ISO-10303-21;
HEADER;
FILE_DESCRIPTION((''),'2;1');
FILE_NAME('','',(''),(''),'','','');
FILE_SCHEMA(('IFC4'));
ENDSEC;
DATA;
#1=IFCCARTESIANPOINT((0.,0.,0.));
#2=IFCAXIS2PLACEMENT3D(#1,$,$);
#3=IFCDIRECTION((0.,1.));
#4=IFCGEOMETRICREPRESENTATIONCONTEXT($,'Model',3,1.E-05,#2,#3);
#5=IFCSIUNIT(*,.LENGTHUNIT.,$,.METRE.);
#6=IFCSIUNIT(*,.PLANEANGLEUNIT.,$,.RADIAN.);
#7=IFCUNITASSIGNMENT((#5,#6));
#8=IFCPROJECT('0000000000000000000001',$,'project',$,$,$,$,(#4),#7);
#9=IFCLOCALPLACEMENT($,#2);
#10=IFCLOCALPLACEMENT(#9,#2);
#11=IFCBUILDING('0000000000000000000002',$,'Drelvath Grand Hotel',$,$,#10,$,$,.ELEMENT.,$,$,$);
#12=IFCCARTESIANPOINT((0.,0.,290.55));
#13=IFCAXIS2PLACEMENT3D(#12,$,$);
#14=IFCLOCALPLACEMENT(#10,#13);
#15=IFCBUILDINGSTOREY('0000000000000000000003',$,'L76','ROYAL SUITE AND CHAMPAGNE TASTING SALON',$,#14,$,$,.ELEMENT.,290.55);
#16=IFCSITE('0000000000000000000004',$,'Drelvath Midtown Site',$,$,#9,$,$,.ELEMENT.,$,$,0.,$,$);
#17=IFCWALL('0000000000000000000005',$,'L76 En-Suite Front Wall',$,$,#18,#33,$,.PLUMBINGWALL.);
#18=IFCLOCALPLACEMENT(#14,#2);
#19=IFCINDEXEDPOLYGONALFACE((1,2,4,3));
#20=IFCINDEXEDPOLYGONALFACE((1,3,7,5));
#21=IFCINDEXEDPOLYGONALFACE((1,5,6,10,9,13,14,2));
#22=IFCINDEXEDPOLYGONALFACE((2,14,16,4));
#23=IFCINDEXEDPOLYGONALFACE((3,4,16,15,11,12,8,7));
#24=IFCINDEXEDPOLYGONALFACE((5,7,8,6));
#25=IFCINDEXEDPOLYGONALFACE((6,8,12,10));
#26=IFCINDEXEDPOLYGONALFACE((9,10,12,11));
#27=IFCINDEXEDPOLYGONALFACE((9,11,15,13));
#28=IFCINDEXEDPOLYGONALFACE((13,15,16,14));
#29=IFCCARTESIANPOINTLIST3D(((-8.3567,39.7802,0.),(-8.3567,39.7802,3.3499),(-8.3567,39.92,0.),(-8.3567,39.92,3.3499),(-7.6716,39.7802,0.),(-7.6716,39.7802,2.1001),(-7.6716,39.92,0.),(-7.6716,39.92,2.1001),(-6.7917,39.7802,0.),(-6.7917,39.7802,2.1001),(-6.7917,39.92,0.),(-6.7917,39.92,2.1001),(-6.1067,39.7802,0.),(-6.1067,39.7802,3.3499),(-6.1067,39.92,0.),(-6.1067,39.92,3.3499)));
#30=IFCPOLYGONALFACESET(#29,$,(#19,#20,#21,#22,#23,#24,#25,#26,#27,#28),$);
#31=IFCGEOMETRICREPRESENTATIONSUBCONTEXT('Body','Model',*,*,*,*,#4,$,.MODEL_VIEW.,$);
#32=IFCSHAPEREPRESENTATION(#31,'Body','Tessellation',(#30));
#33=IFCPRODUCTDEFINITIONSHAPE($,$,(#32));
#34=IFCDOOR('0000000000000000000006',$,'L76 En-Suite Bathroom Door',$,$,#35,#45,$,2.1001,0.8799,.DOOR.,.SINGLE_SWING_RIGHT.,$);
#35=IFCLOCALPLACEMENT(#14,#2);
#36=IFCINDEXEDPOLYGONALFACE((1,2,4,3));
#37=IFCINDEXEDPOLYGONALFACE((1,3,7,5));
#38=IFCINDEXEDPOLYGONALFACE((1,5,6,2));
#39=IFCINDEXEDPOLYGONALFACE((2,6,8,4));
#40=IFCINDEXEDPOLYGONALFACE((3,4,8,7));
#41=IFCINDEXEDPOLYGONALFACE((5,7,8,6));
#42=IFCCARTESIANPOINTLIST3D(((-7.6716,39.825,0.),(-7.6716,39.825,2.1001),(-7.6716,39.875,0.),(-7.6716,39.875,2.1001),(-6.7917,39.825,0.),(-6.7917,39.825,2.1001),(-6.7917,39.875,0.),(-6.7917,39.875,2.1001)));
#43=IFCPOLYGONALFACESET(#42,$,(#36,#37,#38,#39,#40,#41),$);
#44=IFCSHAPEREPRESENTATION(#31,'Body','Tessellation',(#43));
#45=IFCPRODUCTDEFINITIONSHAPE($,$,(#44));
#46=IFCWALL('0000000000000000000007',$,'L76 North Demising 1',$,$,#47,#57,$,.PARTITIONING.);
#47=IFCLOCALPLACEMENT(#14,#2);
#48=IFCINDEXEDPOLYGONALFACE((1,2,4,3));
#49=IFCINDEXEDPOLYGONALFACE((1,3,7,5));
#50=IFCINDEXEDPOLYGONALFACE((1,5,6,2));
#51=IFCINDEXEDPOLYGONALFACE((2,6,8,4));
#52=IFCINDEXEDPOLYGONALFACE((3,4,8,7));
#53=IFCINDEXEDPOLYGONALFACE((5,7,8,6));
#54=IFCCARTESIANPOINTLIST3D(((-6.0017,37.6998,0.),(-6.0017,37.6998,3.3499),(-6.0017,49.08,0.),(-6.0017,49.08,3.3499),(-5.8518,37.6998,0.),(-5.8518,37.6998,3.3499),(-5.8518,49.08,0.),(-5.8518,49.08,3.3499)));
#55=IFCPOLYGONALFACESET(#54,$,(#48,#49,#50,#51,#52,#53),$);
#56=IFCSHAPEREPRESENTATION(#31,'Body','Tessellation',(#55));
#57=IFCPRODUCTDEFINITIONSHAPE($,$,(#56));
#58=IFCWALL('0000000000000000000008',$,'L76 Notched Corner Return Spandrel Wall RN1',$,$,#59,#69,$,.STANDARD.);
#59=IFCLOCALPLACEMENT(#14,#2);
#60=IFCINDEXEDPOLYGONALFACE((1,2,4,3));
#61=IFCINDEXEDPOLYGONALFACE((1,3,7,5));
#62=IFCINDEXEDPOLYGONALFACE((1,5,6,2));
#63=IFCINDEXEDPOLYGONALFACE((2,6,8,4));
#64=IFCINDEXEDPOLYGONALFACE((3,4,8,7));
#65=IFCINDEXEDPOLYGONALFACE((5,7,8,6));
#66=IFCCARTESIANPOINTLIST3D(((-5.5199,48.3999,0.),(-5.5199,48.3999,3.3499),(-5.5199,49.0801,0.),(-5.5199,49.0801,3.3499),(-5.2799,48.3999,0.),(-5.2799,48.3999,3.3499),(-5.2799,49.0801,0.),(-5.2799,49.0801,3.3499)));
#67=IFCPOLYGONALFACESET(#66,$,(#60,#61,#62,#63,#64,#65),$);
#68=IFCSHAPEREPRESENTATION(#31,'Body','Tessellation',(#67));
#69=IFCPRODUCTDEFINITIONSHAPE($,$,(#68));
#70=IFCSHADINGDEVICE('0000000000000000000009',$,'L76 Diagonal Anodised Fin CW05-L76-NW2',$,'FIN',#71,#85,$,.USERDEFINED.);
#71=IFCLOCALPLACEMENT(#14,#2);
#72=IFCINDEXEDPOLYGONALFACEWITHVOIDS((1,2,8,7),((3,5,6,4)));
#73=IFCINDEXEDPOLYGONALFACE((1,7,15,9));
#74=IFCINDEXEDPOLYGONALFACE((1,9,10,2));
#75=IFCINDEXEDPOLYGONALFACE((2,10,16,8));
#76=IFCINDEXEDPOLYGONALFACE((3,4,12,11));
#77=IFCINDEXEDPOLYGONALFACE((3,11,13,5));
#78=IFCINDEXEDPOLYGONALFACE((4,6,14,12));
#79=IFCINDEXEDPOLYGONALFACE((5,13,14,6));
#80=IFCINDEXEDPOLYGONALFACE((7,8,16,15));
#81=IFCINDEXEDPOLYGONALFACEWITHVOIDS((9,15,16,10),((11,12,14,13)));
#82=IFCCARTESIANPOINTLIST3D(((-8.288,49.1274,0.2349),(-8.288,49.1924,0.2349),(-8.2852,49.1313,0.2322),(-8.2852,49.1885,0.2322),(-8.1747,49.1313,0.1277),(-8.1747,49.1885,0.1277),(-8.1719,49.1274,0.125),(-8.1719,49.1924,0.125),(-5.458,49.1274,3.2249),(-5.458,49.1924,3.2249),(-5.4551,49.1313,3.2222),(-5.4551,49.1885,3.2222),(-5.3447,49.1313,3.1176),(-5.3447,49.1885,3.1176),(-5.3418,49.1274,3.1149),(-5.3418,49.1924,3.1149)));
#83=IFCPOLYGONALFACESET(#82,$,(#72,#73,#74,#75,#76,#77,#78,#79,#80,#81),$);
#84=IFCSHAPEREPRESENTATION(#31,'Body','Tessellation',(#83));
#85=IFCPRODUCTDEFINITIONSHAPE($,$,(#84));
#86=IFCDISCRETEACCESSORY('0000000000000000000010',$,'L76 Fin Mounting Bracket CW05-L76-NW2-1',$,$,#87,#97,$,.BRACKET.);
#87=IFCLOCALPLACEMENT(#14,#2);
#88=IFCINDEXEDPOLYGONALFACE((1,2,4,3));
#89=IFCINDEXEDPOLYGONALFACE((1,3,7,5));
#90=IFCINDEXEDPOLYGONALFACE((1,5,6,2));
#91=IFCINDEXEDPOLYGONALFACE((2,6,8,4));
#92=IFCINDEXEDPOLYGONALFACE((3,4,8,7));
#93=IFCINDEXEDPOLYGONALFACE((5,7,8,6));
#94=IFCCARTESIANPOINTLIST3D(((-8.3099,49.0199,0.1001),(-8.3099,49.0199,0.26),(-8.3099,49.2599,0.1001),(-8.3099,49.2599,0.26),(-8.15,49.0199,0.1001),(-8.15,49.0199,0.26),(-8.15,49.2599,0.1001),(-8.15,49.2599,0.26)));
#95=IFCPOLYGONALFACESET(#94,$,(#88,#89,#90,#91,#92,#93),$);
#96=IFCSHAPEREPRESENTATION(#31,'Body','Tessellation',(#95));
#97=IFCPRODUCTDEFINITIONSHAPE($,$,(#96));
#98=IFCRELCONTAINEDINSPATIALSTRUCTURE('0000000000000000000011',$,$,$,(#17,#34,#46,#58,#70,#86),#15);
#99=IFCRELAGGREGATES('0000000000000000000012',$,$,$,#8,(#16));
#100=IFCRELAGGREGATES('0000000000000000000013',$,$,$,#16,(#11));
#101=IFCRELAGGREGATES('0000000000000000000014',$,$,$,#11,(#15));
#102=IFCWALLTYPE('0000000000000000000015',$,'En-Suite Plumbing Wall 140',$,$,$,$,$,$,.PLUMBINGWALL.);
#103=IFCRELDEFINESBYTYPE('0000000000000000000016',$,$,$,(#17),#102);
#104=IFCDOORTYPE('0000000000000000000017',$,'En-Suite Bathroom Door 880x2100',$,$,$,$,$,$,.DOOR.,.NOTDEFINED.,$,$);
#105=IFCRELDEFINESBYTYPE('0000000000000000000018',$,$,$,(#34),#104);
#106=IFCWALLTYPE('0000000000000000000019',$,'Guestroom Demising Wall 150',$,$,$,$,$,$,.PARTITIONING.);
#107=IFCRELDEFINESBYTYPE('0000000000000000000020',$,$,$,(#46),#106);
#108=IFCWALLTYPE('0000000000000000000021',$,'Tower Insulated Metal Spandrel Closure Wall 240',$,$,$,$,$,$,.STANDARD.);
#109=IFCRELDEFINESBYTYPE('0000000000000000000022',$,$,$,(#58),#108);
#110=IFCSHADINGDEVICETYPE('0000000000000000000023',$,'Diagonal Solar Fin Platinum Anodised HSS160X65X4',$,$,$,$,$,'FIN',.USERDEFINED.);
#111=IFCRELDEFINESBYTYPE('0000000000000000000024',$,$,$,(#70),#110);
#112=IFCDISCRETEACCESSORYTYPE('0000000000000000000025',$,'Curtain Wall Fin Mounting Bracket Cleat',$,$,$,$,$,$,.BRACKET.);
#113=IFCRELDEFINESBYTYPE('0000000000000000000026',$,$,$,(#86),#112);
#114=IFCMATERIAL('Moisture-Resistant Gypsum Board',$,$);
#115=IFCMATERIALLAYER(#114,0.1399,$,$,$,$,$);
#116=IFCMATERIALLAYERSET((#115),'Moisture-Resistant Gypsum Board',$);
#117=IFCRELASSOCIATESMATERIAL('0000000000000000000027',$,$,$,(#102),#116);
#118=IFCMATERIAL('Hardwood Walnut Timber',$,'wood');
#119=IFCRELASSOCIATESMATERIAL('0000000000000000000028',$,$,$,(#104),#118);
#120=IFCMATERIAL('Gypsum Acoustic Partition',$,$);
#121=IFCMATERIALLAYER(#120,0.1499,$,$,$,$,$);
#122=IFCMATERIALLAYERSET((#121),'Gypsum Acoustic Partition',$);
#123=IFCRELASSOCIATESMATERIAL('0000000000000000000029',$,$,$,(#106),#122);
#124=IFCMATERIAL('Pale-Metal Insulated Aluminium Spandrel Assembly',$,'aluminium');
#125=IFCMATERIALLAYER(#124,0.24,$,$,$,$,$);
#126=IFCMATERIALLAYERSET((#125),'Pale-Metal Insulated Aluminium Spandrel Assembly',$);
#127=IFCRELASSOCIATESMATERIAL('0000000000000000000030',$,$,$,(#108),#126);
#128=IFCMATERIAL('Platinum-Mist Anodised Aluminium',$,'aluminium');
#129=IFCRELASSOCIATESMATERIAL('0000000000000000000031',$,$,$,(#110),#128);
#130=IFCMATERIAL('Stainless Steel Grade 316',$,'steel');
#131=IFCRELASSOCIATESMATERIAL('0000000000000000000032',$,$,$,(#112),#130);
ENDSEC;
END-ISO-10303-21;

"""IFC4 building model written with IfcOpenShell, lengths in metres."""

from ifc_helpers import new_model, si_unit, direction, frame, frame_2d, origin, origin_2d, place, context, subcontext, project, spatial, rectangle, hollow_rectangle, extrude, material, layer, layer_set, material_profile, profile_set, type_object, element, fill, save


model = new_model("IFC4")

# Units and contexts
model_context = context("Model", 3, precision=1e-05, world=origin(), true_north=direction((0.0, 1.0)))
body_context = subcontext(model_context, "Body", "Model", "MODEL_VIEW")
ifc_project = project(units=[si_unit("LENGTHUNIT", "METRE"), si_unit("PLANEANGLEUNIT", "RADIAN")], contexts=[model_context])

# Site, building, storey
site_placement = place(None, origin())
site = spatial("IfcSite", under=ifc_project, at=site_placement, Name="Drelvath Midtown Site", CompositionType="ELEMENT", RefElevation=0.0)
building_placement = place(site_placement, origin())
building = spatial("IfcBuilding", under=site, at=building_placement, Name="Drelvath Grand Hotel", CompositionType="ELEMENT")
storey_placement = place(building_placement, frame((0.0, 0.0, 290.55)))
storey = spatial("IfcBuildingStorey", under=building, at=storey_placement, Name="L76", Description="ROYAL SUITE AND CHAMPAGNE TASTING SALON", CompositionType="ELEMENT", Elevation=290.55)

# Shared definitions
ifc_material_1 = material(Name="Moisture-Resistant Gypsum Board")
ifc_layer_1 = layer(ifc_material_1, 0.1399)
ifc_layer_set_1 = layer_set([ifc_layer_1], Name="Moisture-Resistant Gypsum Board")
wall_type_1 = type_object("IfcWallType", Name="En-Suite Plumbing Wall 140", PredefinedType="PLUMBINGWALL", material=ifc_layer_set_1)

# Wall, opening, door
wall_1_placement = place(storey_placement, frame((-8.3567, 39.8501, 0.0), z_axis=(0.0, 0.0, 1.0), x_axis=(1.0, 0.0, 0.0)))
wall_1 = element("IfcWall", 1, at=wall_1_placement, inside=storey, type_object=wall_type_1, Name="L76 En-Suite Front Wall", PredefinedType="PLUMBINGWALL", context=body_context, shape_type="SweptSolid", body=[
    extrude(rectangle(XDim=2.25, YDim=0.1399, at=frame_2d((1.125, 0.0))), origin(), (0.0, 0.0, 1.0), 3.3499),
])
opening_placement = place(wall_1_placement, frame((0.6851, 0.0, 0.0)))
opening = element("IfcOpeningElement", 2, at=opening_placement, cuts=wall_1, PredefinedType="OPENING", context=body_context, shape_type="SweptSolid", body=[
    extrude(rectangle(XDim=0.8799, YDim=2.1001, at=frame_2d((0.4399, 1.05))), frame((0.0, 0.0798, 0.0), z_axis=(0.0, -1.0, 0.0), x_axis=(1.0, 0.0, 0.0)), (0.0, 0.0, 1.0), 0.1599),
])
ifc_material_2 = material(Name="Hardwood Walnut Timber", Category="wood")
door_type = type_object("IfcDoorType", Name="En-Suite Bathroom Door 880x2100", OperationType="NOTDEFINED", PredefinedType="DOOR", material=ifc_material_2)
door_placement = place(opening_placement, origin())
door = element("IfcDoor", 3, at=door_placement, inside=storey, type_object=door_type, Name="L76 En-Suite Bathroom Door", OperationType="SINGLE_SWING_RIGHT", OverallHeight=2.1001, OverallWidth=0.8799, PredefinedType="DOOR", context=body_context, shape_type="SweptSolid", body=[
    extrude(rectangle(XDim=0.8799, YDim=2.1001, at=frame_2d((0.4399, 1.05))), frame((0.0, 0.0249, 0.0), z_axis=(0.0, -1.0, 0.0), x_axis=(1.0, 0.0, 0.0)), (0.0, 0.0, 1.0), 0.05),
])
fill(opening, door)

# Walls
ifc_material_3 = material(Name="Gypsum Acoustic Partition")
ifc_layer_2 = layer(ifc_material_3, 0.1499)
ifc_layer_set_2 = layer_set([ifc_layer_2], Name="Gypsum Acoustic Partition")
wall_type_2 = type_object("IfcWallType", Name="Guestroom Demising Wall 150", PredefinedType="PARTITIONING", material=ifc_layer_set_2)
wall_2_placement = place(storey_placement, frame((-5.9268, 37.7, 0.0), z_axis=(0.0, 0.0, 1.0), x_axis=(0.0, 1.0, 0.0)))
element("IfcWall", 4, at=wall_2_placement, inside=storey, type_object=wall_type_2, Name="L76 North Demising 1", PredefinedType="PARTITIONING", context=body_context, shape_type="SweptSolid", body=[
    extrude(rectangle(XDim=11.3801, YDim=0.1499, at=frame_2d((5.6899, 0.0))), origin(), (0.0, 0.0, 1.0), 3.3499),
])
ifc_material_4 = material(Name="Pale-Metal Insulated Aluminium Spandrel Assembly", Category="aluminium")
ifc_layer_3 = layer(ifc_material_4, 0.24)
ifc_layer_set_3 = layer_set([ifc_layer_3], Name="Pale-Metal Insulated Aluminium Spandrel Assembly")
wall_type_3 = type_object("IfcWallType", Name="Tower Insulated Metal Spandrel Closure Wall 240", PredefinedType="STANDARD", material=ifc_layer_set_3)
wall_3_placement = place(storey_placement, frame((-5.3999, 49.0801, 0.0), z_axis=(0.0, 0.0, 1.0), x_axis=(0.0, -1.0, 0.0)))
element("IfcWall", 5, at=wall_3_placement, inside=storey, type_object=wall_type_3, Name="L76 Notched Corner Return Spandrel Wall RN1", PredefinedType="STANDARD", context=body_context, shape_type="SweptSolid", body=[
    extrude(rectangle(XDim=0.6802, YDim=0.24, at=frame_2d((0.3401, 0.0))), origin(), (0.0, 0.0, 1.0), 3.3499),
])

# Shading device
ifc_material_5 = material(Name="Platinum-Mist Anodised Aluminium", Category="aluminium")
ifc_material_profile_1 = material_profile(ifc_material_5, hollow_rectangle(XDim=0.0649, YDim=0.1599, WallThickness=0.0039, at=origin_2d()), Name="HSS160X65X4")
ifc_profile_set_1 = profile_set([ifc_material_profile_1], Name="Platinum-Mist Anodised Aluminium")
shading_device_type = type_object("IfcShadingDeviceType", Name="Diagonal Solar Fin Platinum Anodised HSS160X65X4", ElementType="FIN", PredefinedType="USERDEFINED", material=ifc_profile_set_1)
shading_device_placement = place(storey_placement, frame((-8.23, 49.1599, 0.1799), z_axis=(0.687419, 0.0, 0.726261), x_axis=(0.0, 1.0, 0.0)))
element("IfcShadingDevice", 6, at=shading_device_placement, inside=storey, type_object=shading_device_type, Name="L76 Diagonal Anodised Fin CW05-L76-NW2", ObjectType="FIN", PredefinedType="USERDEFINED", context=body_context, shape_type="SweptSolid", body=[
    extrude(hollow_rectangle(XDim=0.0649, YDim=0.1599, WallThickness=0.0039, at=origin_2d()), origin(), (0.0, 0.0, 1.0), 4.1169),
])

# Discrete accessory
ifc_material_6 = material(Name="Stainless Steel Grade 316", Category="steel")
discrete_accessory_type = type_object("IfcDiscreteAccessoryType", Name="Curtain Wall Fin Mounting Bracket Cleat", PredefinedType="BRACKET", material=ifc_material_6)
discrete_accessory_placement = place(storey_placement, frame((-8.23, 49.1399, 0.1001), z_axis=(0.0, 0.0, 1.0), x_axis=(1.0, 0.0, 0.0)))
element("IfcDiscreteAccessory", 7, at=discrete_accessory_placement, inside=storey, type_object=discrete_accessory_type, Name="L76 Fin Mounting Bracket CW05-L76-NW2-1", PredefinedType="BRACKET", context=body_context, shape_type="SweptSolid", body=[
    extrude(rectangle(XDim=0.1599, YDim=0.24, at=origin_2d()), origin(), (0.0, 0.0, 1.0), 0.1599),
])

save(model, "model.ifc")
